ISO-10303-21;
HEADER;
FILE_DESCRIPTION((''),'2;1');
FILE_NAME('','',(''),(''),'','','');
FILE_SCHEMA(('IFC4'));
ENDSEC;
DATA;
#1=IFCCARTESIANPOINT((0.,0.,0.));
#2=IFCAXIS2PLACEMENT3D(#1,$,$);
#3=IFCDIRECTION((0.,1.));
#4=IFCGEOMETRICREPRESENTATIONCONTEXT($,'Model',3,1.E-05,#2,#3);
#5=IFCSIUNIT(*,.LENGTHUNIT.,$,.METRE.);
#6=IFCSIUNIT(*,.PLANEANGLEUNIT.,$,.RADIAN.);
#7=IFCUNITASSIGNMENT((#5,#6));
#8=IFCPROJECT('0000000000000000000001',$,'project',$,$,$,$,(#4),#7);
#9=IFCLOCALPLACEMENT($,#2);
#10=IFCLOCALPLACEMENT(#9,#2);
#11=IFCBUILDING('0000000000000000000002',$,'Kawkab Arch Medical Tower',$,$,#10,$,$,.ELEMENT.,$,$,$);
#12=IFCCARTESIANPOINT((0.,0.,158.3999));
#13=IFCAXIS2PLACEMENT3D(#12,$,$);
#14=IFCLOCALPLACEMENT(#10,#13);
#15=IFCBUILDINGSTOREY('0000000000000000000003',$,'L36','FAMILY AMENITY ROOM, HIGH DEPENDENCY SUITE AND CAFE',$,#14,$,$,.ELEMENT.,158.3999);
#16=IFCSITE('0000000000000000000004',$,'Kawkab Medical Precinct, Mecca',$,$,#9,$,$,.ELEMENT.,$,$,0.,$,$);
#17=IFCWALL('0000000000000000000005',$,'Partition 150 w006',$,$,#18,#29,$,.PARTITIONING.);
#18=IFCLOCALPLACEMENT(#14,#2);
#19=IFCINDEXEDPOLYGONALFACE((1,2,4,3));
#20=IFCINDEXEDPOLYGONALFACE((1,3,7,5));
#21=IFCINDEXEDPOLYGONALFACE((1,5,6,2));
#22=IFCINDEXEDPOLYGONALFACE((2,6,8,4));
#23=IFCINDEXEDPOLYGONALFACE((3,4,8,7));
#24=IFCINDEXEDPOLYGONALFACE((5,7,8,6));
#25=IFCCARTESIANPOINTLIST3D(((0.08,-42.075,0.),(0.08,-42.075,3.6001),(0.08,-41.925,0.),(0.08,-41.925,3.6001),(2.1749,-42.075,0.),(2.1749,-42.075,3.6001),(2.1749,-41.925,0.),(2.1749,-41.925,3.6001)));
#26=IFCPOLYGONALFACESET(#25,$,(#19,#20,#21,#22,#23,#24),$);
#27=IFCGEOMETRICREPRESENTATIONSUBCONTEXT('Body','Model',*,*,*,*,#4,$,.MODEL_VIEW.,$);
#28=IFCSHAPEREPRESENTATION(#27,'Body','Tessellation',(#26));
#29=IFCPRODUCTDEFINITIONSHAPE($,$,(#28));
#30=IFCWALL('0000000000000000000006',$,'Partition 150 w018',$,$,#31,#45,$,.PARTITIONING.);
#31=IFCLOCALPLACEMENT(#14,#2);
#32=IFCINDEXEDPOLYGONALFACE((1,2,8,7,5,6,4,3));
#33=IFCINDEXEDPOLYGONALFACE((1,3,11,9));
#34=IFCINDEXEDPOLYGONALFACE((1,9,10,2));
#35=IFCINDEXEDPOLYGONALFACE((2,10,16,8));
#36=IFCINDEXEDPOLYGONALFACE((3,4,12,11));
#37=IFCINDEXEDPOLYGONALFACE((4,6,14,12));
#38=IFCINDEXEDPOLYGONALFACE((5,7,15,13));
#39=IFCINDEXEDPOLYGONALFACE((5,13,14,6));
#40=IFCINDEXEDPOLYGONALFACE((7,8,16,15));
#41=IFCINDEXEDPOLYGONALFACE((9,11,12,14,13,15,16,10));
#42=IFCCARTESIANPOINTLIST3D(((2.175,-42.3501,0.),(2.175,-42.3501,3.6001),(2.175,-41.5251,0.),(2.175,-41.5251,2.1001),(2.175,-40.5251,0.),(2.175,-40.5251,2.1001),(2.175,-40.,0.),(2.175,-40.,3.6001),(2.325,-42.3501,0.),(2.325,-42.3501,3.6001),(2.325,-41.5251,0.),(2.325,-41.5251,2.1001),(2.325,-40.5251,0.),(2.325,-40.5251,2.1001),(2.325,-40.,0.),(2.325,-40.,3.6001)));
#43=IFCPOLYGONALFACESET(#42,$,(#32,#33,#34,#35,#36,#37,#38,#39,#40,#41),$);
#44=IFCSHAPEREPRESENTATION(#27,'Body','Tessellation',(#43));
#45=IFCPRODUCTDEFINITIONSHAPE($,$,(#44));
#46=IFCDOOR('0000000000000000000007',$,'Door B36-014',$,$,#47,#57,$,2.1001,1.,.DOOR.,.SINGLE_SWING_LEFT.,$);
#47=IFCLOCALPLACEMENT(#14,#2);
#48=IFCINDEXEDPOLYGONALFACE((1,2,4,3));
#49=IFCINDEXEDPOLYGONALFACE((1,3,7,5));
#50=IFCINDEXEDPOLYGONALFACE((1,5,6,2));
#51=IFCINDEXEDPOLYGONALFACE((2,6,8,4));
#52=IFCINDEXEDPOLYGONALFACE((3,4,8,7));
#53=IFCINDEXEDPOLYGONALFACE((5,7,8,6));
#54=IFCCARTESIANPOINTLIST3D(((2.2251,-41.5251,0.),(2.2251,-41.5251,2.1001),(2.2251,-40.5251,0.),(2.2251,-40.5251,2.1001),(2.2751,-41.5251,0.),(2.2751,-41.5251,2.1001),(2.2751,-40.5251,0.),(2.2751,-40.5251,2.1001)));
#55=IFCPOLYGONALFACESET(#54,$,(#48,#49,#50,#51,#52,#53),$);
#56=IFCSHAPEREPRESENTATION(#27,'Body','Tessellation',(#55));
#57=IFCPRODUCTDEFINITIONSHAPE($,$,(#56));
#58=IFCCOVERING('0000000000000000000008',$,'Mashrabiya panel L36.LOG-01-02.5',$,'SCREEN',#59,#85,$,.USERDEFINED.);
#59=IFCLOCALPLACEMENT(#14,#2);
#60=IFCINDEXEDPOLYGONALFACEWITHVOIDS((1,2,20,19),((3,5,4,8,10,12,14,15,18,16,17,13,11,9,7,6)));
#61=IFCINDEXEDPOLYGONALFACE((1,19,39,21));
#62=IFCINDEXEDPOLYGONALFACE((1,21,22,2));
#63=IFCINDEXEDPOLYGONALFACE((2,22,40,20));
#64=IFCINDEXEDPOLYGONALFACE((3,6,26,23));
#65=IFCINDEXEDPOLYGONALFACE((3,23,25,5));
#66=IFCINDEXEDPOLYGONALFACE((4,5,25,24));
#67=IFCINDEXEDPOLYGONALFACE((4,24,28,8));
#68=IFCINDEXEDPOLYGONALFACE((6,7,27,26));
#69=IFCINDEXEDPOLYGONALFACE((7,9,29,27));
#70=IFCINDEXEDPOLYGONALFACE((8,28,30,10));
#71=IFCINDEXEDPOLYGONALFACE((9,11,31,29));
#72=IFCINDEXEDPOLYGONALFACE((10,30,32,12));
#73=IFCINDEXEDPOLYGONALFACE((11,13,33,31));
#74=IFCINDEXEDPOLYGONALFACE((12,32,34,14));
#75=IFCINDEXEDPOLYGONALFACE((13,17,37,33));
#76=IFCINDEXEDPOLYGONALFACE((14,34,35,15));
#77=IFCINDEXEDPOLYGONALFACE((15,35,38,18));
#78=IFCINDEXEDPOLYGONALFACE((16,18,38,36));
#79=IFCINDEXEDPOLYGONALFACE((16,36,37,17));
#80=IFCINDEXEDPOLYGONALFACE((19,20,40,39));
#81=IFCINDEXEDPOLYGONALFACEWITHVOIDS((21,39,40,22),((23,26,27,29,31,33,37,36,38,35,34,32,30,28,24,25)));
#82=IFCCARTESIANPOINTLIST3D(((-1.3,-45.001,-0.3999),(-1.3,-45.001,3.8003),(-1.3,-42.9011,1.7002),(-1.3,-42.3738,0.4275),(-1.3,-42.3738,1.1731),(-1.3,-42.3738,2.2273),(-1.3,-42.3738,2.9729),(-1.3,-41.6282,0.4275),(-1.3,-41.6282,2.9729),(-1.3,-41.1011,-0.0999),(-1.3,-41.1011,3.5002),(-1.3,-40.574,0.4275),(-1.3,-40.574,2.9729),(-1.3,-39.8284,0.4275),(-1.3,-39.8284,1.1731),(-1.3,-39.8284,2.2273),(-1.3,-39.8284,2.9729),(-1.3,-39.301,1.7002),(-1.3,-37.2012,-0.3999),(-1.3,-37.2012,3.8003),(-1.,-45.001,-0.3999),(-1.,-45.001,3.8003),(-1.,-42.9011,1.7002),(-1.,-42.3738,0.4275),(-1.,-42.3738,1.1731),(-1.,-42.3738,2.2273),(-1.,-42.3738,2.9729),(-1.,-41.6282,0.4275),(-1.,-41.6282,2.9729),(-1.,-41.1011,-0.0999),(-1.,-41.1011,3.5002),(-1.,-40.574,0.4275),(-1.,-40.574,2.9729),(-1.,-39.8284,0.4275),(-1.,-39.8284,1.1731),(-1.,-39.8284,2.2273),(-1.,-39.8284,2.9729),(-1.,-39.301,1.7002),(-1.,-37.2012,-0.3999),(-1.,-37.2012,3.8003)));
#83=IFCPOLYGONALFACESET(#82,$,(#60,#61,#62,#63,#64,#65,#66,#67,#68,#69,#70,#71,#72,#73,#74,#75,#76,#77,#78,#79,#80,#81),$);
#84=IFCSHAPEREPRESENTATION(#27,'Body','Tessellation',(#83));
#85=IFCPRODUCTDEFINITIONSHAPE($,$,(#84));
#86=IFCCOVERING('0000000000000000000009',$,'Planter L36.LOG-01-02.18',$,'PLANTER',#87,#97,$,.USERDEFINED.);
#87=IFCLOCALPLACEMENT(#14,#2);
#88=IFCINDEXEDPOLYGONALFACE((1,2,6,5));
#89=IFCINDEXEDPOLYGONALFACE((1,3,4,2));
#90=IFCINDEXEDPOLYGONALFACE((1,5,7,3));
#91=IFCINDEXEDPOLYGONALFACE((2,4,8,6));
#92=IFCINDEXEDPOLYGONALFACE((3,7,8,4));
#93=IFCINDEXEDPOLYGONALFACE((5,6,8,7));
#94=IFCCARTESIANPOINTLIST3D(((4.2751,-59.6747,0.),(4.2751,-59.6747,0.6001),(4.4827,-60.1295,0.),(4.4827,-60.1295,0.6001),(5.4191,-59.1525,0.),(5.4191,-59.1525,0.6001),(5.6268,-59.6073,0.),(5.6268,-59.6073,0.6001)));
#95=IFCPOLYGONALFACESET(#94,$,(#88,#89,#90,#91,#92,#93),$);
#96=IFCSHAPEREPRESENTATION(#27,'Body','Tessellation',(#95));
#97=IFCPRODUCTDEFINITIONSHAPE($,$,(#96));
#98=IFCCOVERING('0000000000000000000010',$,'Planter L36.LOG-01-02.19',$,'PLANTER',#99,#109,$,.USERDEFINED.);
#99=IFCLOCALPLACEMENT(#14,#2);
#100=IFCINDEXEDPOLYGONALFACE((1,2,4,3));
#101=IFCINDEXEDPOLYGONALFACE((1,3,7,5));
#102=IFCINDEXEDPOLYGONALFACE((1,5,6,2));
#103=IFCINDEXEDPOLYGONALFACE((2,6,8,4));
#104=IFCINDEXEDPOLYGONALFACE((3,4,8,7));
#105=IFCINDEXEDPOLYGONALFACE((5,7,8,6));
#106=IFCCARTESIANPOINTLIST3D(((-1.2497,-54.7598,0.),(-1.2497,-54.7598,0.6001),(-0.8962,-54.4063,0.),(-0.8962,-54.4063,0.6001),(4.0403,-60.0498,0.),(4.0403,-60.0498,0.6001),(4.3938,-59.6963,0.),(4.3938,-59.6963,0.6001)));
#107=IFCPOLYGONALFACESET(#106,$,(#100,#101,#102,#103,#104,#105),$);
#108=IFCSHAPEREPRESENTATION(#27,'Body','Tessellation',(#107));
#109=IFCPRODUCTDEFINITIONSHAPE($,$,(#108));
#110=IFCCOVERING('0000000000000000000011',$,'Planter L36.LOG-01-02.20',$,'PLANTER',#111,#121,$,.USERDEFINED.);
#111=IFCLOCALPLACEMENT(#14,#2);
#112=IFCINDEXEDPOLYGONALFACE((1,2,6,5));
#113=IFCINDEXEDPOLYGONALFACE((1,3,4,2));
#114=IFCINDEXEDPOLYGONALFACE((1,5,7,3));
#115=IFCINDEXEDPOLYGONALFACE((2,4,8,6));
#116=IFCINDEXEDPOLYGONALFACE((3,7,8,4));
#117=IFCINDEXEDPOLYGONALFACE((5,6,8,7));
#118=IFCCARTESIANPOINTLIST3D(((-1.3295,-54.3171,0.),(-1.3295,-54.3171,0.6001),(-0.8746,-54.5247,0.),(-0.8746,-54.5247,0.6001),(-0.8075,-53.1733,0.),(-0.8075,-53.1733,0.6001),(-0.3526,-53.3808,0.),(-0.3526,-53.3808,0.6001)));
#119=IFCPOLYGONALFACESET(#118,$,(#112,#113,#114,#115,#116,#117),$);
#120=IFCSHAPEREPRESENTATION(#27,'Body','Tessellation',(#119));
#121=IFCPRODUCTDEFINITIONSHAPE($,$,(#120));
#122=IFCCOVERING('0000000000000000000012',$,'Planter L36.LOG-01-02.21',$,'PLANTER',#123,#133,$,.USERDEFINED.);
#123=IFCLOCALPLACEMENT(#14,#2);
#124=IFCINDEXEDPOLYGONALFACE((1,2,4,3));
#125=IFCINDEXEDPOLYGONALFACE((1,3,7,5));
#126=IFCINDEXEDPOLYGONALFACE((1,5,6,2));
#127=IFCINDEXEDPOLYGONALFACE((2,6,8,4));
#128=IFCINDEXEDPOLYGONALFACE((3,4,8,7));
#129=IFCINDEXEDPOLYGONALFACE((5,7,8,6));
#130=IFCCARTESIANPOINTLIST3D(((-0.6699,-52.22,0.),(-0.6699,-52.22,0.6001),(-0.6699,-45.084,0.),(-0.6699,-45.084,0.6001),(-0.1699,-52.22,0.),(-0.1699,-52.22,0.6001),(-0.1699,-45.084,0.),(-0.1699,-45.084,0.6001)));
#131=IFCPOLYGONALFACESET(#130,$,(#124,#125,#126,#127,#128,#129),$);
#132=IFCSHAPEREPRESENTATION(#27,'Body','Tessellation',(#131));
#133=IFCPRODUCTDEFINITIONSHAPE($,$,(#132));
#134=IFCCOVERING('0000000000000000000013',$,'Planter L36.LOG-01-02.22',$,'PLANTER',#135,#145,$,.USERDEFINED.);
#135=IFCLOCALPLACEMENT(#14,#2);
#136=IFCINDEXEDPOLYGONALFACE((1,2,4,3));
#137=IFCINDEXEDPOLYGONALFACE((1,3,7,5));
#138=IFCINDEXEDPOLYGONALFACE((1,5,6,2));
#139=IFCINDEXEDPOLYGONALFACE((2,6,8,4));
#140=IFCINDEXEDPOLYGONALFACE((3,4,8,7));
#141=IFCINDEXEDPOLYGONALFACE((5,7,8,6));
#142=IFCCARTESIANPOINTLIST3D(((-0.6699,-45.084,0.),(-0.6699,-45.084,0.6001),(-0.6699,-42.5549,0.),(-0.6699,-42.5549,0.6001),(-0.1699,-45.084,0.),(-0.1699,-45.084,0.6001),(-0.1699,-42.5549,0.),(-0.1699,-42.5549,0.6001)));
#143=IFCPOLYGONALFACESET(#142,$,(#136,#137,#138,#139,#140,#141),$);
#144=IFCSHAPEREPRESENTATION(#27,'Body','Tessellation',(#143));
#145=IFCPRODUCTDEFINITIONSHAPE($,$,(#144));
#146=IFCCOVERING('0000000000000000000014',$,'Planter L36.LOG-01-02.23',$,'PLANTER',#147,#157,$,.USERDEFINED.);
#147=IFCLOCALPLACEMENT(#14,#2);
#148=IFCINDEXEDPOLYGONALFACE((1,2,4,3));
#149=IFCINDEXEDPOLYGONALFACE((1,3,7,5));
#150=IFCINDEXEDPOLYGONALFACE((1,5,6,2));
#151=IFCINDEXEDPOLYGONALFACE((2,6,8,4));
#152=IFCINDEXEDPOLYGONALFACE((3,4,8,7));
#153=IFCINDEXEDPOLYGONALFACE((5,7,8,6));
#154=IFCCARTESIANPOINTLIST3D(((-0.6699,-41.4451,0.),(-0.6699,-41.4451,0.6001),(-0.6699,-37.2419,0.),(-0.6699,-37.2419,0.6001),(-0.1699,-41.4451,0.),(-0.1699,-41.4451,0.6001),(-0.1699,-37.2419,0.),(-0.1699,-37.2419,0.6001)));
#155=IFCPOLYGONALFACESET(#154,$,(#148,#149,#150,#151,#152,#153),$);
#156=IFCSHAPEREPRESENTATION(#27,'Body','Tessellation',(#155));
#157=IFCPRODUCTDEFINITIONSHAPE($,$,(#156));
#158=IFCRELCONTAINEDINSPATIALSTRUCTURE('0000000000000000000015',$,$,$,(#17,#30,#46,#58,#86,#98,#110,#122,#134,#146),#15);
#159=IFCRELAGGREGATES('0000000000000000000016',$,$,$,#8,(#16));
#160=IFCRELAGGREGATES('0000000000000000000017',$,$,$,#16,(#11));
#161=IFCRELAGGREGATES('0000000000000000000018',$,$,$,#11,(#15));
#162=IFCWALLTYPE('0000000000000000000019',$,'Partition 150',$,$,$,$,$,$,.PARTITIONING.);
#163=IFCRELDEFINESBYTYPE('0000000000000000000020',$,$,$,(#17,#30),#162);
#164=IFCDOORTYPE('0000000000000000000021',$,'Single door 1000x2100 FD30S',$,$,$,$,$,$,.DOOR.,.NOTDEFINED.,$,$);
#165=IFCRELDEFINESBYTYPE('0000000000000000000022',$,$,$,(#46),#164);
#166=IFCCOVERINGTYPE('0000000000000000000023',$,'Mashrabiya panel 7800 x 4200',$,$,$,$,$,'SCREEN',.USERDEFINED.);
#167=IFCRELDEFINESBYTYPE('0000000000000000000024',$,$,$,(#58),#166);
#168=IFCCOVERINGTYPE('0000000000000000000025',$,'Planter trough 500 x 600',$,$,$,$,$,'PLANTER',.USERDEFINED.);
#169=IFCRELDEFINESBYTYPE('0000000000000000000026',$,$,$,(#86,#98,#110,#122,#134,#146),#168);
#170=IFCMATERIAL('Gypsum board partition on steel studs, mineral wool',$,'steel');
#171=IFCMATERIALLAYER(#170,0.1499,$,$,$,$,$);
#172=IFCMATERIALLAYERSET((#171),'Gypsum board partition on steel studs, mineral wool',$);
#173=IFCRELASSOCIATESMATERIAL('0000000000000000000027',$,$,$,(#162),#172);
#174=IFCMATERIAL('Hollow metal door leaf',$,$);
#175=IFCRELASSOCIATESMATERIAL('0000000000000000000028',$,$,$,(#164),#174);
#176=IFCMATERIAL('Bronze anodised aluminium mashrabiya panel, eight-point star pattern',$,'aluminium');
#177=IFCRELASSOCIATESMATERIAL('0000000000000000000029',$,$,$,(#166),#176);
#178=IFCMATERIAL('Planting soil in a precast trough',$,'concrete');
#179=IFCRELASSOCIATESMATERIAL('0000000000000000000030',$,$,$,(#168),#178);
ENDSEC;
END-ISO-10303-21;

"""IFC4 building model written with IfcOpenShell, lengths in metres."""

from ifc_helpers import new_model, si_unit, direction, frame, frame_2d, origin, origin_2d, place, context, subcontext, project, spatial, polyline, rectangle, outline, extrude, material, layer, layer_set, material_profile, profile_set, type_object, element, fill, save


model = new_model("IFC4")

# Units and contexts
model_context = context("Model", 3, precision=1e-05, world=origin(), true_north=direction((0.0, 1.0)))
body_context = subcontext(model_context, "Body", "Model", "MODEL_VIEW")
ifc_project = project(units=[si_unit("LENGTHUNIT", "METRE"), si_unit("PLANEANGLEUNIT", "RADIAN")], contexts=[model_context])

# Site, building, storey
site_placement = place(None, origin())
site = spatial("IfcSite", under=ifc_project, at=site_placement, Name="Kawkab Medical Precinct, Mecca", CompositionType="ELEMENT", RefElevation=0.0)
building_placement = place(site_placement, origin())
building = spatial("IfcBuilding", under=site, at=building_placement, Name="Kawkab Arch Medical Tower", CompositionType="ELEMENT")
storey_placement = place(building_placement, frame((0.0, 0.0, 158.3999)))
storey = spatial("IfcBuildingStorey", under=building, at=storey_placement, Name="L36", Description="FAMILY AMENITY ROOM, HIGH DEPENDENCY SUITE AND CAFE", CompositionType="ELEMENT", Elevation=158.3999)

# Wall
ifc_material_1 = material(Name="Gypsum board partition on steel studs, mineral wool", Category="steel")
ifc_layer_1 = layer(ifc_material_1, 0.1499)
ifc_layer_set_1 = layer_set([ifc_layer_1], Name="Gypsum board partition on steel studs, mineral wool")
wall_type = type_object("IfcWallType", Name="Partition 150", PredefinedType="PARTITIONING", material=ifc_layer_set_1)
wall_1_placement = place(storey_placement, frame((0.0801, -42.0, 0.0), z_axis=(0.0, 0.0, 1.0), x_axis=(1.0, 0.0, 0.0)))
element("IfcWall", 1, at=wall_1_placement, inside=storey, type_object=wall_type, Name="Partition 150 w006", PredefinedType="PARTITIONING", context=body_context, shape_type="SweptSolid", body=[
    extrude(rectangle(XDim=2.095, YDim=0.1499, at=frame_2d((1.0474, 0.0))), origin(), (0.0, 0.0, 1.0), 3.6001),
])

# Wall, opening, door
wall_2_placement = place(storey_placement, frame((2.25, -42.3501, 0.0), z_axis=(0.0, 0.0, 1.0), x_axis=(0.0, 1.0, 0.0)))
wall_2 = element("IfcWall", 2, at=wall_2_placement, inside=storey, type_object=wall_type, Name="Partition 150 w018", PredefinedType="PARTITIONING", context=body_context, shape_type="SweptSolid", body=[
    extrude(rectangle(XDim=2.3501, YDim=0.1499, at=frame_2d((1.175, 0.0))), origin(), (0.0, 0.0, 1.0), 3.6001),
])
opening_placement = place(wall_2_placement, frame((0.825, 0.0, 0.0)))
opening = element("IfcOpeningElement", 3, at=opening_placement, cuts=wall_2, PredefinedType="OPENING", context=body_context, shape_type="SweptSolid", body=[
    extrude(rectangle(XDim=1.0, YDim=2.1001, at=frame_2d((0.5, 1.05))), frame((0.0, 0.085, 0.0), z_axis=(0.0, -1.0, 0.0), x_axis=(1.0, 0.0, 0.0)), (0.0, 0.0, 1.0), 0.1699),
])
ifc_material_2 = material(Name="Hollow metal door leaf")
door_type = type_object("IfcDoorType", Name="Single door 1000x2100 FD30S", OperationType="NOTDEFINED", PredefinedType="DOOR", material=ifc_material_2)
door_placement = place(opening_placement, origin())
door = element("IfcDoor", 4, at=door_placement, inside=storey, type_object=door_type, Name="Door B36-014", OperationType="SINGLE_SWING_LEFT", OverallHeight=2.1001, OverallWidth=1.0, PredefinedType="DOOR", context=body_context, shape_type="SweptSolid", body=[
    extrude(rectangle(XDim=1.0, YDim=2.1001, at=frame_2d((0.5, 1.05))), frame((0.0, 0.0249, 0.0), z_axis=(0.0, -1.0, 0.0), x_axis=(1.0, 0.0, 0.0)), (0.0, 0.0, 1.0), 0.05),
])
fill(opening, door)

# Coverings
ifc_material_3 = material(Name="Bronze anodised aluminium mashrabiya panel, eight-point star pattern", Category="aluminium")
ifc_material_profile_1 = material_profile(ifc_material_3, outline(polyline([(-3.8999, -2.1001), (3.8999, -2.1001), (3.8999, 2.1001), (-3.8999, 2.1001), (-3.8999, -2.1001)]), holes=[polyline([(1.8, 0.0), (1.2727, 0.5271), (1.2727, 1.2727), (0.5271, 1.2727), (0.0, 1.8), (-0.5271, 1.2727), (-1.2727, 1.2727), (-1.2727, 0.5271), (-1.8, 0.0), (-1.2727, -0.5271), (-1.2727, -1.2727), (-0.5271, -1.2727), (0.0, -1.8), (0.5271, -1.2727), (1.2727, -1.2727), (1.2727, -0.5271), (1.8, 0.0)])]), Name="Mashrabiya panel 7800x4200")
ifc_profile_set_1 = profile_set([ifc_material_profile_1], Name="Bronze anodised aluminium mashrabiya panel, eight-point star pattern")
covering_type_1 = type_object("IfcCoveringType", Name="Mashrabiya panel 7800 x 4200", ElementType="SCREEN", PredefinedType="USERDEFINED", material=ifc_profile_set_1)
covering_1_placement = place(storey_placement, frame((-1.0, -41.1011, 1.7002), z_axis=(-1.0, 0.0, 0.0), x_axis=(0.0, -1.0, 0.0)))
element("IfcCovering", 5, at=covering_1_placement, inside=storey, type_object=covering_type_1, Name="Mashrabiya panel L36.LOG-01-02.5", ObjectType="SCREEN", PredefinedType="USERDEFINED", context=body_context, shape_type="SweptSolid", body=[
    extrude(outline(polyline([(-3.8999, -2.1001), (3.8999, -2.1001), (3.8999, 2.1001), (-3.8999, 2.1001), (-3.8999, -2.1001)]), holes=[polyline([(1.8, 0.0), (1.2727, 0.5271), (1.2727, 1.2727), (0.5271, 1.2727), (0.0, 1.8), (-0.5271, 1.2727), (-1.2727, 1.2727), (-1.2727, 0.5271), (-1.8, 0.0), (-1.2727, -0.5271), (-1.2727, -1.2727), (-0.5271, -1.2727), (0.0, -1.8), (0.5271, -1.2727), (1.2727, -1.2727), (1.2727, -0.5271), (1.8, 0.0)])]), origin(), (0.0, 0.0, 1.0), 0.3),
])
ifc_material_4 = material(Name="Planting soil in a precast trough", Category="concrete")
ifc_material_profile_2 = material_profile(ifc_material_4, rectangle(XDim=0.5, YDim=0.6001, at=origin_2d()), Name="Trough 500x600")
ifc_profile_set_2 = profile_set([ifc_material_profile_2], Name="Planting soil in a precast trough")
covering_type_2 = type_object("IfcCoveringType", Name="Planter trough 500 x 600", ElementType="PLANTER", PredefinedType="USERDEFINED", material=ifc_profile_set_2)
covering_2_placement = place(storey_placement, frame((5.5229, -59.3799, 0.3), z_axis=(-0.909707, -0.41525, 0.0), x_axis=(0.41525, -0.909707, 0.0)))
element("IfcCovering", 6, at=covering_2_placement, inside=storey, type_object=covering_type_2, Name="Planter L36.LOG-01-02.18", ObjectType="PLANTER", PredefinedType="USERDEFINED", context=body_context, shape_type="SweptSolid", body=[
    extrude(rectangle(XDim=0.5, YDim=0.6001, at=origin_2d()), origin(), (0.0, 0.0, 1.0), 1.2576),
])
covering_3_placement = place(storey_placement, frame((4.217, -59.873, 0.3), z_axis=(-0.707107, 0.707107, 0.0), x_axis=(-0.707107, -0.707107, 0.0)))
element("IfcCovering", 7, at=covering_3_placement, inside=storey, type_object=covering_type_2, Name="Planter L36.LOG-01-02.19", ObjectType="PLANTER", PredefinedType="USERDEFINED", context=body_context, shape_type="SweptSolid", body=[
    extrude(rectangle(XDim=0.5, YDim=0.6001, at=origin_2d()), origin(), (0.0, 0.0, 1.0), 7.4812),
])
covering_4_placement = place(storey_placement, frame((-1.1021, -54.4209, 0.3), z_axis=(0.415163, 0.909747, 0.0), x_axis=(-0.909747, 0.415163, 0.0)))
element("IfcCovering", 8, at=covering_4_placement, inside=storey, type_object=covering_type_2, Name="Planter L36.LOG-01-02.20", ObjectType="PLANTER", PredefinedType="USERDEFINED", context=body_context, shape_type="SweptSolid", body=[
    extrude(rectangle(XDim=0.5, YDim=0.6001, at=origin_2d()), origin(), (0.0, 0.0, 1.0), 1.2573),
])
covering_5_placement = place(storey_placement, frame((-0.4199, -52.22, 0.3), z_axis=(0.0, 1.0, 0.0), x_axis=(-1.0, 0.0, 0.0)))
element("IfcCovering", 9, at=covering_5_placement, inside=storey, type_object=covering_type_2, Name="Planter L36.LOG-01-02.21", ObjectType="PLANTER", PredefinedType="USERDEFINED", context=body_context, shape_type="SweptSolid", body=[
    extrude(rectangle(XDim=0.5, YDim=0.6001, at=origin_2d()), origin(), (0.0, 0.0, 1.0), 7.136),
])
covering_6_placement = place(storey_placement, frame((-0.4199, -45.084, 0.3), z_axis=(0.0, 1.0, 0.0), x_axis=(-1.0, 0.0, 0.0)))
element("IfcCovering", 10, at=covering_6_placement, inside=storey, type_object=covering_type_2, Name="Planter L36.LOG-01-02.22", ObjectType="PLANTER", PredefinedType="USERDEFINED", context=body_context, shape_type="SweptSolid", body=[
    extrude(rectangle(XDim=0.5, YDim=0.6001, at=origin_2d()), origin(), (0.0, 0.0, 1.0), 2.5291),
])
covering_7_placement = place(storey_placement, frame((-0.4199, -41.4451, 0.3), z_axis=(0.0, 1.0, 0.0), x_axis=(-1.0, 0.0, 0.0)))
element("IfcCovering", 11, at=covering_7_placement, inside=storey, type_object=covering_type_2, Name="Planter L36.LOG-01-02.23", ObjectType="PLANTER", PredefinedType="USERDEFINED", context=body_context, shape_type="SweptSolid", body=[
    extrude(rectangle(XDim=0.5, YDim=0.6001, at=origin_2d()), origin(), (0.0, 0.0, 1.0), 4.2031),
])

save(model, "model.ifc")
